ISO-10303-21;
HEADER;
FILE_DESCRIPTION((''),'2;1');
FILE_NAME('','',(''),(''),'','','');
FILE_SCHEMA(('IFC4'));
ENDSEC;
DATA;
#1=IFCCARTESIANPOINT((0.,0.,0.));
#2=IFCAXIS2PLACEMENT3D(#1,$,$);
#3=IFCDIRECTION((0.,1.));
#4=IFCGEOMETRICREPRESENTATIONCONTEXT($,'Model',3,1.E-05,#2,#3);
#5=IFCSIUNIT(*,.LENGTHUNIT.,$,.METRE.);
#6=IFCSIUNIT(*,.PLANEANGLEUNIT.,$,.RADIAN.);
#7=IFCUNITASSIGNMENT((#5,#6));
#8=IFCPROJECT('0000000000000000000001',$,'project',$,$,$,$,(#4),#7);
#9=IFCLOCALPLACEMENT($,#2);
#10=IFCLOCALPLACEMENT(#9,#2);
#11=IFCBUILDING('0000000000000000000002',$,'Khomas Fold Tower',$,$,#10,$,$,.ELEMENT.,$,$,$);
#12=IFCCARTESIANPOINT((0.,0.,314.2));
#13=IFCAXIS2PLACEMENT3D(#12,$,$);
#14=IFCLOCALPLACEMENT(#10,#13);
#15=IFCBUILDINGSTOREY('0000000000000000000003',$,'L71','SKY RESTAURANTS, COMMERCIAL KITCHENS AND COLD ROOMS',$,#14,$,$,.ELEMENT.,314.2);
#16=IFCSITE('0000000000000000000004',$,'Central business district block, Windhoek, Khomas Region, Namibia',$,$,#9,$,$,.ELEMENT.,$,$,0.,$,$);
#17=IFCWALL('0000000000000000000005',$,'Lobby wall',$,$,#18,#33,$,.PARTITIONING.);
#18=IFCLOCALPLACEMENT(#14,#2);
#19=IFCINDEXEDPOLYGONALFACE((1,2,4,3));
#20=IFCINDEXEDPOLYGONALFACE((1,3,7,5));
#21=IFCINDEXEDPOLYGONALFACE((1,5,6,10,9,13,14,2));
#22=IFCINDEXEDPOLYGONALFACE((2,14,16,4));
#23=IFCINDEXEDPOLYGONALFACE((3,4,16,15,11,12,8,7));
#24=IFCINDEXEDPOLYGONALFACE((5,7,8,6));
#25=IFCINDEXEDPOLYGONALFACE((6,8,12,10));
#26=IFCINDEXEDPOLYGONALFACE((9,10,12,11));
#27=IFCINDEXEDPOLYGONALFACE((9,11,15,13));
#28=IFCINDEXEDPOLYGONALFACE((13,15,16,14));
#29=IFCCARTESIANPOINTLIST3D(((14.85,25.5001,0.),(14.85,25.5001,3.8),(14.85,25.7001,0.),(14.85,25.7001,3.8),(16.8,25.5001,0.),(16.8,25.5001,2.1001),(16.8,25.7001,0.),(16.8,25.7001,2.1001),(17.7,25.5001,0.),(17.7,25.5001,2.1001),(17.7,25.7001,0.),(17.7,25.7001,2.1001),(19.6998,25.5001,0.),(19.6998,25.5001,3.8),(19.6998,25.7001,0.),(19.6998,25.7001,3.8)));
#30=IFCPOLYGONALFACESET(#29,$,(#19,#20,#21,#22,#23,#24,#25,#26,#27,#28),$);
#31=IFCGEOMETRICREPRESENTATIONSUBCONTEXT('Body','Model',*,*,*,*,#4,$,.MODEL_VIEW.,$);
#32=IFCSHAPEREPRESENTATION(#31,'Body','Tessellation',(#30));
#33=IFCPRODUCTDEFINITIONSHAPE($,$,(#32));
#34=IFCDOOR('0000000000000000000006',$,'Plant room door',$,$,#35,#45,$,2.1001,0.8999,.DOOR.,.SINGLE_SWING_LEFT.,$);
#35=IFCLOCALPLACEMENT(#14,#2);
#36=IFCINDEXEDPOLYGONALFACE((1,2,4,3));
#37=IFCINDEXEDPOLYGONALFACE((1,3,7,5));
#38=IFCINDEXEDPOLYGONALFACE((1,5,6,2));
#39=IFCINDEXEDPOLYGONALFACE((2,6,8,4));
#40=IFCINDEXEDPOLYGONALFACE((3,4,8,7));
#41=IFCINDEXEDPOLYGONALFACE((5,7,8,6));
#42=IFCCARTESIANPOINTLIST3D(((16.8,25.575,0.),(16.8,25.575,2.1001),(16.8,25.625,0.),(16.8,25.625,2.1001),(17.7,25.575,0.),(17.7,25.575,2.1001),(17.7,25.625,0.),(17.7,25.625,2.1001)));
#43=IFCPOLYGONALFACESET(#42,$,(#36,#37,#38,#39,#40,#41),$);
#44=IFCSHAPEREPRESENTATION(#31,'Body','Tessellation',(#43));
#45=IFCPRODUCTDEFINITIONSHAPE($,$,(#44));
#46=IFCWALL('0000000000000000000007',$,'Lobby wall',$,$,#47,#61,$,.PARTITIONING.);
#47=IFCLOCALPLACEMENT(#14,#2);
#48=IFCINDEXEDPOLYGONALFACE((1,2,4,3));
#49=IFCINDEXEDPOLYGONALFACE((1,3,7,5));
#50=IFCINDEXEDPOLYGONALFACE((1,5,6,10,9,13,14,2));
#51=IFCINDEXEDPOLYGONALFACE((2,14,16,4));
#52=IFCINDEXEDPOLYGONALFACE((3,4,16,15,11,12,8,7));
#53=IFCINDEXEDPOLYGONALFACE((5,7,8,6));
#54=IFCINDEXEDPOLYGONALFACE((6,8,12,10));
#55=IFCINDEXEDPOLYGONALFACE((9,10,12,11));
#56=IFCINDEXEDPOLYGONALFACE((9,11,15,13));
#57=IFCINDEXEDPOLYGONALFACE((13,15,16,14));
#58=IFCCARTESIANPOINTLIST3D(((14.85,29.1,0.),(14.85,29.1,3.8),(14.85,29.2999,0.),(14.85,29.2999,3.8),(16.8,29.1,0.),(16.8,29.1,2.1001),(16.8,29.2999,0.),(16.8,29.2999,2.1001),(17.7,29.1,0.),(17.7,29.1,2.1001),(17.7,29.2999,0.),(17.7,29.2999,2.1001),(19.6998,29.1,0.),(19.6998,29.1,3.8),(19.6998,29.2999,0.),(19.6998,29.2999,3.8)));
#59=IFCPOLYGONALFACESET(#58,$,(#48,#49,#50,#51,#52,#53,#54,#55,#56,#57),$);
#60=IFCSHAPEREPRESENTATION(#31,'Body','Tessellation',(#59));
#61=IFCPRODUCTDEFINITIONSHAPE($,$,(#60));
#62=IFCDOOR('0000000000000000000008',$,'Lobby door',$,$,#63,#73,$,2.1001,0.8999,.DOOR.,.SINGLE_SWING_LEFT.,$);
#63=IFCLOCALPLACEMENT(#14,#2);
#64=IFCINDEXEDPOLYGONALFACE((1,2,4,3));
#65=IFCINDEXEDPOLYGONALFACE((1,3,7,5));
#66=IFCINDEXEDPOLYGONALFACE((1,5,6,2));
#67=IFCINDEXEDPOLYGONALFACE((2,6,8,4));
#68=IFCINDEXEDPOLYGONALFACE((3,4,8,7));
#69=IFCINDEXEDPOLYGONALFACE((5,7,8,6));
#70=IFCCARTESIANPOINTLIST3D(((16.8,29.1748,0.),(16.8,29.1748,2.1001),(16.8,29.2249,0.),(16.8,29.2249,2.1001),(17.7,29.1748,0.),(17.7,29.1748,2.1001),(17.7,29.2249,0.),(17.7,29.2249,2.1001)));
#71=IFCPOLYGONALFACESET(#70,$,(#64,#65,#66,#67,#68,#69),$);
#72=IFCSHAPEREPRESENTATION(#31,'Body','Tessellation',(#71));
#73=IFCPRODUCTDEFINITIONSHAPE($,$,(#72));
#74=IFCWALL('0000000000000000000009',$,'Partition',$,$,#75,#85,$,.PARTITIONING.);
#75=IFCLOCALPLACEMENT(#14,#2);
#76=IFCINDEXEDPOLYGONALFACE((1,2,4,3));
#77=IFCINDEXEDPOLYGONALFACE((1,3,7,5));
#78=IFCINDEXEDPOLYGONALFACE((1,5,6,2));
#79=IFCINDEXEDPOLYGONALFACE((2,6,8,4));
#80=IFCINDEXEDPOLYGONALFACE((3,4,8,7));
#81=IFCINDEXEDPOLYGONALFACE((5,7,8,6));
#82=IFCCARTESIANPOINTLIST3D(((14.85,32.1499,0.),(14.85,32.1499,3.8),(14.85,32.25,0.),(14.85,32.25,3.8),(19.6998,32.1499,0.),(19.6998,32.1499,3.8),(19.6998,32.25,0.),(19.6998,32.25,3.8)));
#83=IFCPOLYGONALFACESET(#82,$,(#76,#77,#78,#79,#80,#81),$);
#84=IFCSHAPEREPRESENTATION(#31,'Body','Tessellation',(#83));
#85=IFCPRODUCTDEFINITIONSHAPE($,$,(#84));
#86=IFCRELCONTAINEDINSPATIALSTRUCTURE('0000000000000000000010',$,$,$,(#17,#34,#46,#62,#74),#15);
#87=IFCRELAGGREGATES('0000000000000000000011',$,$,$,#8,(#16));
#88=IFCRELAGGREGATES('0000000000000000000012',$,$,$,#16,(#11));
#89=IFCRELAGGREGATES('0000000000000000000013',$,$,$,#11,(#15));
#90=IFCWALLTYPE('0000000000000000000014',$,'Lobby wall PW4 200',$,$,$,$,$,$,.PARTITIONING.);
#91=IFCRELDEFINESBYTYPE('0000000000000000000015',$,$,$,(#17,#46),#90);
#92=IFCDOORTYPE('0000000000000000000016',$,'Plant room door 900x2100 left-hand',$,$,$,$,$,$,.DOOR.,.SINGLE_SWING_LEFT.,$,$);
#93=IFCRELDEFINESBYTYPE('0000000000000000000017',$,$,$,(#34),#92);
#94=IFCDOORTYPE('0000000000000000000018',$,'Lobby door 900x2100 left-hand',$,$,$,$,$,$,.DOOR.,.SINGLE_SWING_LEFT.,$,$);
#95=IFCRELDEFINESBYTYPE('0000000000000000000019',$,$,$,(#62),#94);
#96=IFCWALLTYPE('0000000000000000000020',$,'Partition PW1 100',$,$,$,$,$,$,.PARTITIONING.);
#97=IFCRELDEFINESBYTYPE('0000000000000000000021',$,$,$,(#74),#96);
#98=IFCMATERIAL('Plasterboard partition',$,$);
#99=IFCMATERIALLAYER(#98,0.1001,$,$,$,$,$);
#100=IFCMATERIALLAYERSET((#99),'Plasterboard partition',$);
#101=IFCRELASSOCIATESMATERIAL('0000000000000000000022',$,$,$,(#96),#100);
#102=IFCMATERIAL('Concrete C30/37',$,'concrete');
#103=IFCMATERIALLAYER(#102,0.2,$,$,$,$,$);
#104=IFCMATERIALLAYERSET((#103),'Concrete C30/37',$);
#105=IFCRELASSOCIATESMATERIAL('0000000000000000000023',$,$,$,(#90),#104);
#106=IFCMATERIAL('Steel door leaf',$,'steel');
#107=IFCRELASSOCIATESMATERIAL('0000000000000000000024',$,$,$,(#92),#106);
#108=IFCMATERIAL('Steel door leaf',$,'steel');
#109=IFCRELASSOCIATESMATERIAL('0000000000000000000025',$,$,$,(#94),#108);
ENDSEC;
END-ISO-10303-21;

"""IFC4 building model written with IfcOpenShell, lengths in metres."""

from ifc_helpers import new_model, si_unit, direction, frame, frame_2d, origin, place, context, subcontext, project, spatial, rectangle, extrude, source, transform, mapped, material, layer, layer_set, type_object, element, fill, save


model = new_model("IFC4")

# Units and contexts
model_context = context("Model", 3, precision=1e-05, world=origin(), true_north=direction((0.0, 1.0)))
body_context = subcontext(model_context, "Body", "Model", "MODEL_VIEW")
ifc_project = project(units=[si_unit("LENGTHUNIT", "METRE"), si_unit("PLANEANGLEUNIT", "RADIAN")], contexts=[model_context])

# Site, building, storey
site_placement = place(None, origin())
site = spatial("IfcSite", under=ifc_project, at=site_placement, Name="Central business district block, Windhoek, Khomas Region, Namibia", CompositionType="ELEMENT", RefElevation=0.0)
building_placement = place(site_placement, origin())
building = spatial("IfcBuilding", under=site, at=building_placement, Name="Khomas Fold Tower", CompositionType="ELEMENT")
storey_placement = place(building_placement, frame((0.0, 0.0, 314.2)))
storey = spatial("IfcBuildingStorey", under=building, at=storey_placement, Name="L71", Description="SKY RESTAURANTS, COMMERCIAL KITCHENS AND COLD ROOMS", CompositionType="ELEMENT", Elevation=314.2)

# Shared definitions
ifc_material_1 = material(Name="Plasterboard partition")
ifc_layer_1 = layer(ifc_material_1, 0.1001)
ifc_layer_set_1 = layer_set([ifc_layer_1], Name="Plasterboard partition")
wall_type_1 = type_object("IfcWallType", Name="Partition PW1 100", PredefinedType="PARTITIONING", material=ifc_layer_set_1)

# Walls, openings, doors
ifc_material_2 = material(Name="Concrete C30/37", Category="concrete")
ifc_layer_2 = layer(ifc_material_2, 0.2)
ifc_layer_set_2 = layer_set([ifc_layer_2], Name="Concrete C30/37")
wall_type_2 = type_object("IfcWallType", Name="Lobby wall PW4 200", PredefinedType="PARTITIONING", material=ifc_layer_set_2)
shared_shape_1 = source(origin(), body_context, "Body", "SweptSolid", [
    extrude(rectangle(XDim=4.8499, YDim=0.2, at=frame_2d((2.4248, 0.0))), origin(), (0.0, 0.0, 1.0), 3.8),
])
wall_1_placement = place(storey_placement, frame((14.8501, 25.6001, 0.0), z_axis=(0.0, 0.0, 1.0), x_axis=(1.0, 0.0, 0.0)))
wall_1 = element("IfcWall", 1, at=wall_1_placement, inside=storey, type_object=wall_type_2, Name="Lobby wall", PredefinedType="PARTITIONING", context=body_context, shape_type="MappedRepresentation", body=[
    mapped(shared_shape_1, transform((0.0, 0.0, 0.0))),
])
shared_shape_2 = source(origin(), body_context, "Body", "SweptSolid", [
    extrude(rectangle(XDim=0.8999, YDim=2.1001, at=frame_2d((0.45, 1.05))), frame((0.0, 0.1099, 0.0), z_axis=(0.0, -1.0, 0.0), x_axis=(1.0, 0.0, 0.0)), (0.0, 0.0, 1.0), 0.22),
])
opening_1_placement = place(wall_1_placement, frame((1.95, 0.0, 0.0)))
opening_1 = element("IfcOpeningElement", 2, at=opening_1_placement, cuts=wall_1, PredefinedType="OPENING", context=body_context, shape_type="MappedRepresentation", body=[
    mapped(shared_shape_2, transform((0.0, 0.0, 0.0))),
])
ifc_material_3 = material(Name="Steel door leaf", Category="steel")
door_type_1 = type_object("IfcDoorType", Name="Plant room door 900x2100 left-hand", OperationType="SINGLE_SWING_LEFT", PredefinedType="DOOR", material=ifc_material_3)
shared_shape_3 = source(origin(), body_context, "Body", "SweptSolid", [
    extrude(rectangle(XDim=0.8999, YDim=2.1001, at=frame_2d((0.45, 1.05))), frame((0.0, 0.0249, 0.0), z_axis=(0.0, -1.0, 0.0), x_axis=(1.0, 0.0, 0.0)), (0.0, 0.0, 1.0), 0.05),
])
door_1_placement = place(opening_1_placement, origin())
door_1 = element("IfcDoor", 3, at=door_1_placement, inside=storey, type_object=door_type_1, Name="Plant room door", OperationType="SINGLE_SWING_LEFT", OverallHeight=2.1001, OverallWidth=0.8999, PredefinedType="DOOR", context=body_context, shape_type="MappedRepresentation", body=[
    mapped(shared_shape_3, transform((0.0, 0.0, 0.0))),
])
fill(opening_1, door_1)
wall_2_placement = place(storey_placement, frame((14.8501, 29.2, 0.0), z_axis=(0.0, 0.0, 1.0), x_axis=(1.0, 0.0, 0.0)))
wall_2 = element("IfcWall", 4, at=wall_2_placement, inside=storey, type_object=wall_type_2, Name="Lobby wall", PredefinedType="PARTITIONING", context=body_context, shape_type="MappedRepresentation", body=[
    mapped(shared_shape_1, transform((0.0, 0.0, 0.0))),
])
opening_2_placement = place(wall_2_placement, frame((1.95, 0.0, 0.0)))
opening_2 = element("IfcOpeningElement", 5, at=opening_2_placement, cuts=wall_2, PredefinedType="OPENING", context=body_context, shape_type="MappedRepresentation", body=[
    mapped(shared_shape_2, transform((0.0, 0.0, 0.0))),
])
ifc_material_4 = material(Name="Steel door leaf", Category="steel")
door_type_2 = type_object("IfcDoorType", Name="Lobby door 900x2100 left-hand", OperationType="SINGLE_SWING_LEFT", PredefinedType="DOOR", material=ifc_material_4)
door_2_placement = place(opening_2_placement, origin())
door_2 = element("IfcDoor", 6, at=door_2_placement, inside=storey, type_object=door_type_2, Name="Lobby door", OperationType="SINGLE_SWING_LEFT", OverallHeight=2.1001, OverallWidth=0.8999, PredefinedType="DOOR", context=body_context, shape_type="MappedRepresentation", body=[
    mapped(shared_shape_3, transform((0.0, 0.0, 0.0))),
])
fill(opening_2, door_2)

# Wall
shared_shape_4 = source(origin(), body_context, "Body", "SweptSolid", [
    extrude(rectangle(XDim=4.8499, YDim=0.1001, at=frame_2d((2.4248, 0.0))), origin(), (0.0, 0.0, 1.0), 3.8),
])
wall_3_placement = place(storey_placement, frame((14.8501, 32.2, 0.0), z_axis=(0.0, 0.0, 1.0), x_axis=(1.0, 0.0, 0.0)))
element("IfcWall", 7, at=wall_3_placement, inside=storey, type_object=wall_type_1, Name="Partition", PredefinedType="PARTITIONING", context=body_context, shape_type="MappedRepresentation", body=[
    mapped(shared_shape_4, transform((0.0, 0.0, 0.0))),
])

save(model, "model.ifc")
